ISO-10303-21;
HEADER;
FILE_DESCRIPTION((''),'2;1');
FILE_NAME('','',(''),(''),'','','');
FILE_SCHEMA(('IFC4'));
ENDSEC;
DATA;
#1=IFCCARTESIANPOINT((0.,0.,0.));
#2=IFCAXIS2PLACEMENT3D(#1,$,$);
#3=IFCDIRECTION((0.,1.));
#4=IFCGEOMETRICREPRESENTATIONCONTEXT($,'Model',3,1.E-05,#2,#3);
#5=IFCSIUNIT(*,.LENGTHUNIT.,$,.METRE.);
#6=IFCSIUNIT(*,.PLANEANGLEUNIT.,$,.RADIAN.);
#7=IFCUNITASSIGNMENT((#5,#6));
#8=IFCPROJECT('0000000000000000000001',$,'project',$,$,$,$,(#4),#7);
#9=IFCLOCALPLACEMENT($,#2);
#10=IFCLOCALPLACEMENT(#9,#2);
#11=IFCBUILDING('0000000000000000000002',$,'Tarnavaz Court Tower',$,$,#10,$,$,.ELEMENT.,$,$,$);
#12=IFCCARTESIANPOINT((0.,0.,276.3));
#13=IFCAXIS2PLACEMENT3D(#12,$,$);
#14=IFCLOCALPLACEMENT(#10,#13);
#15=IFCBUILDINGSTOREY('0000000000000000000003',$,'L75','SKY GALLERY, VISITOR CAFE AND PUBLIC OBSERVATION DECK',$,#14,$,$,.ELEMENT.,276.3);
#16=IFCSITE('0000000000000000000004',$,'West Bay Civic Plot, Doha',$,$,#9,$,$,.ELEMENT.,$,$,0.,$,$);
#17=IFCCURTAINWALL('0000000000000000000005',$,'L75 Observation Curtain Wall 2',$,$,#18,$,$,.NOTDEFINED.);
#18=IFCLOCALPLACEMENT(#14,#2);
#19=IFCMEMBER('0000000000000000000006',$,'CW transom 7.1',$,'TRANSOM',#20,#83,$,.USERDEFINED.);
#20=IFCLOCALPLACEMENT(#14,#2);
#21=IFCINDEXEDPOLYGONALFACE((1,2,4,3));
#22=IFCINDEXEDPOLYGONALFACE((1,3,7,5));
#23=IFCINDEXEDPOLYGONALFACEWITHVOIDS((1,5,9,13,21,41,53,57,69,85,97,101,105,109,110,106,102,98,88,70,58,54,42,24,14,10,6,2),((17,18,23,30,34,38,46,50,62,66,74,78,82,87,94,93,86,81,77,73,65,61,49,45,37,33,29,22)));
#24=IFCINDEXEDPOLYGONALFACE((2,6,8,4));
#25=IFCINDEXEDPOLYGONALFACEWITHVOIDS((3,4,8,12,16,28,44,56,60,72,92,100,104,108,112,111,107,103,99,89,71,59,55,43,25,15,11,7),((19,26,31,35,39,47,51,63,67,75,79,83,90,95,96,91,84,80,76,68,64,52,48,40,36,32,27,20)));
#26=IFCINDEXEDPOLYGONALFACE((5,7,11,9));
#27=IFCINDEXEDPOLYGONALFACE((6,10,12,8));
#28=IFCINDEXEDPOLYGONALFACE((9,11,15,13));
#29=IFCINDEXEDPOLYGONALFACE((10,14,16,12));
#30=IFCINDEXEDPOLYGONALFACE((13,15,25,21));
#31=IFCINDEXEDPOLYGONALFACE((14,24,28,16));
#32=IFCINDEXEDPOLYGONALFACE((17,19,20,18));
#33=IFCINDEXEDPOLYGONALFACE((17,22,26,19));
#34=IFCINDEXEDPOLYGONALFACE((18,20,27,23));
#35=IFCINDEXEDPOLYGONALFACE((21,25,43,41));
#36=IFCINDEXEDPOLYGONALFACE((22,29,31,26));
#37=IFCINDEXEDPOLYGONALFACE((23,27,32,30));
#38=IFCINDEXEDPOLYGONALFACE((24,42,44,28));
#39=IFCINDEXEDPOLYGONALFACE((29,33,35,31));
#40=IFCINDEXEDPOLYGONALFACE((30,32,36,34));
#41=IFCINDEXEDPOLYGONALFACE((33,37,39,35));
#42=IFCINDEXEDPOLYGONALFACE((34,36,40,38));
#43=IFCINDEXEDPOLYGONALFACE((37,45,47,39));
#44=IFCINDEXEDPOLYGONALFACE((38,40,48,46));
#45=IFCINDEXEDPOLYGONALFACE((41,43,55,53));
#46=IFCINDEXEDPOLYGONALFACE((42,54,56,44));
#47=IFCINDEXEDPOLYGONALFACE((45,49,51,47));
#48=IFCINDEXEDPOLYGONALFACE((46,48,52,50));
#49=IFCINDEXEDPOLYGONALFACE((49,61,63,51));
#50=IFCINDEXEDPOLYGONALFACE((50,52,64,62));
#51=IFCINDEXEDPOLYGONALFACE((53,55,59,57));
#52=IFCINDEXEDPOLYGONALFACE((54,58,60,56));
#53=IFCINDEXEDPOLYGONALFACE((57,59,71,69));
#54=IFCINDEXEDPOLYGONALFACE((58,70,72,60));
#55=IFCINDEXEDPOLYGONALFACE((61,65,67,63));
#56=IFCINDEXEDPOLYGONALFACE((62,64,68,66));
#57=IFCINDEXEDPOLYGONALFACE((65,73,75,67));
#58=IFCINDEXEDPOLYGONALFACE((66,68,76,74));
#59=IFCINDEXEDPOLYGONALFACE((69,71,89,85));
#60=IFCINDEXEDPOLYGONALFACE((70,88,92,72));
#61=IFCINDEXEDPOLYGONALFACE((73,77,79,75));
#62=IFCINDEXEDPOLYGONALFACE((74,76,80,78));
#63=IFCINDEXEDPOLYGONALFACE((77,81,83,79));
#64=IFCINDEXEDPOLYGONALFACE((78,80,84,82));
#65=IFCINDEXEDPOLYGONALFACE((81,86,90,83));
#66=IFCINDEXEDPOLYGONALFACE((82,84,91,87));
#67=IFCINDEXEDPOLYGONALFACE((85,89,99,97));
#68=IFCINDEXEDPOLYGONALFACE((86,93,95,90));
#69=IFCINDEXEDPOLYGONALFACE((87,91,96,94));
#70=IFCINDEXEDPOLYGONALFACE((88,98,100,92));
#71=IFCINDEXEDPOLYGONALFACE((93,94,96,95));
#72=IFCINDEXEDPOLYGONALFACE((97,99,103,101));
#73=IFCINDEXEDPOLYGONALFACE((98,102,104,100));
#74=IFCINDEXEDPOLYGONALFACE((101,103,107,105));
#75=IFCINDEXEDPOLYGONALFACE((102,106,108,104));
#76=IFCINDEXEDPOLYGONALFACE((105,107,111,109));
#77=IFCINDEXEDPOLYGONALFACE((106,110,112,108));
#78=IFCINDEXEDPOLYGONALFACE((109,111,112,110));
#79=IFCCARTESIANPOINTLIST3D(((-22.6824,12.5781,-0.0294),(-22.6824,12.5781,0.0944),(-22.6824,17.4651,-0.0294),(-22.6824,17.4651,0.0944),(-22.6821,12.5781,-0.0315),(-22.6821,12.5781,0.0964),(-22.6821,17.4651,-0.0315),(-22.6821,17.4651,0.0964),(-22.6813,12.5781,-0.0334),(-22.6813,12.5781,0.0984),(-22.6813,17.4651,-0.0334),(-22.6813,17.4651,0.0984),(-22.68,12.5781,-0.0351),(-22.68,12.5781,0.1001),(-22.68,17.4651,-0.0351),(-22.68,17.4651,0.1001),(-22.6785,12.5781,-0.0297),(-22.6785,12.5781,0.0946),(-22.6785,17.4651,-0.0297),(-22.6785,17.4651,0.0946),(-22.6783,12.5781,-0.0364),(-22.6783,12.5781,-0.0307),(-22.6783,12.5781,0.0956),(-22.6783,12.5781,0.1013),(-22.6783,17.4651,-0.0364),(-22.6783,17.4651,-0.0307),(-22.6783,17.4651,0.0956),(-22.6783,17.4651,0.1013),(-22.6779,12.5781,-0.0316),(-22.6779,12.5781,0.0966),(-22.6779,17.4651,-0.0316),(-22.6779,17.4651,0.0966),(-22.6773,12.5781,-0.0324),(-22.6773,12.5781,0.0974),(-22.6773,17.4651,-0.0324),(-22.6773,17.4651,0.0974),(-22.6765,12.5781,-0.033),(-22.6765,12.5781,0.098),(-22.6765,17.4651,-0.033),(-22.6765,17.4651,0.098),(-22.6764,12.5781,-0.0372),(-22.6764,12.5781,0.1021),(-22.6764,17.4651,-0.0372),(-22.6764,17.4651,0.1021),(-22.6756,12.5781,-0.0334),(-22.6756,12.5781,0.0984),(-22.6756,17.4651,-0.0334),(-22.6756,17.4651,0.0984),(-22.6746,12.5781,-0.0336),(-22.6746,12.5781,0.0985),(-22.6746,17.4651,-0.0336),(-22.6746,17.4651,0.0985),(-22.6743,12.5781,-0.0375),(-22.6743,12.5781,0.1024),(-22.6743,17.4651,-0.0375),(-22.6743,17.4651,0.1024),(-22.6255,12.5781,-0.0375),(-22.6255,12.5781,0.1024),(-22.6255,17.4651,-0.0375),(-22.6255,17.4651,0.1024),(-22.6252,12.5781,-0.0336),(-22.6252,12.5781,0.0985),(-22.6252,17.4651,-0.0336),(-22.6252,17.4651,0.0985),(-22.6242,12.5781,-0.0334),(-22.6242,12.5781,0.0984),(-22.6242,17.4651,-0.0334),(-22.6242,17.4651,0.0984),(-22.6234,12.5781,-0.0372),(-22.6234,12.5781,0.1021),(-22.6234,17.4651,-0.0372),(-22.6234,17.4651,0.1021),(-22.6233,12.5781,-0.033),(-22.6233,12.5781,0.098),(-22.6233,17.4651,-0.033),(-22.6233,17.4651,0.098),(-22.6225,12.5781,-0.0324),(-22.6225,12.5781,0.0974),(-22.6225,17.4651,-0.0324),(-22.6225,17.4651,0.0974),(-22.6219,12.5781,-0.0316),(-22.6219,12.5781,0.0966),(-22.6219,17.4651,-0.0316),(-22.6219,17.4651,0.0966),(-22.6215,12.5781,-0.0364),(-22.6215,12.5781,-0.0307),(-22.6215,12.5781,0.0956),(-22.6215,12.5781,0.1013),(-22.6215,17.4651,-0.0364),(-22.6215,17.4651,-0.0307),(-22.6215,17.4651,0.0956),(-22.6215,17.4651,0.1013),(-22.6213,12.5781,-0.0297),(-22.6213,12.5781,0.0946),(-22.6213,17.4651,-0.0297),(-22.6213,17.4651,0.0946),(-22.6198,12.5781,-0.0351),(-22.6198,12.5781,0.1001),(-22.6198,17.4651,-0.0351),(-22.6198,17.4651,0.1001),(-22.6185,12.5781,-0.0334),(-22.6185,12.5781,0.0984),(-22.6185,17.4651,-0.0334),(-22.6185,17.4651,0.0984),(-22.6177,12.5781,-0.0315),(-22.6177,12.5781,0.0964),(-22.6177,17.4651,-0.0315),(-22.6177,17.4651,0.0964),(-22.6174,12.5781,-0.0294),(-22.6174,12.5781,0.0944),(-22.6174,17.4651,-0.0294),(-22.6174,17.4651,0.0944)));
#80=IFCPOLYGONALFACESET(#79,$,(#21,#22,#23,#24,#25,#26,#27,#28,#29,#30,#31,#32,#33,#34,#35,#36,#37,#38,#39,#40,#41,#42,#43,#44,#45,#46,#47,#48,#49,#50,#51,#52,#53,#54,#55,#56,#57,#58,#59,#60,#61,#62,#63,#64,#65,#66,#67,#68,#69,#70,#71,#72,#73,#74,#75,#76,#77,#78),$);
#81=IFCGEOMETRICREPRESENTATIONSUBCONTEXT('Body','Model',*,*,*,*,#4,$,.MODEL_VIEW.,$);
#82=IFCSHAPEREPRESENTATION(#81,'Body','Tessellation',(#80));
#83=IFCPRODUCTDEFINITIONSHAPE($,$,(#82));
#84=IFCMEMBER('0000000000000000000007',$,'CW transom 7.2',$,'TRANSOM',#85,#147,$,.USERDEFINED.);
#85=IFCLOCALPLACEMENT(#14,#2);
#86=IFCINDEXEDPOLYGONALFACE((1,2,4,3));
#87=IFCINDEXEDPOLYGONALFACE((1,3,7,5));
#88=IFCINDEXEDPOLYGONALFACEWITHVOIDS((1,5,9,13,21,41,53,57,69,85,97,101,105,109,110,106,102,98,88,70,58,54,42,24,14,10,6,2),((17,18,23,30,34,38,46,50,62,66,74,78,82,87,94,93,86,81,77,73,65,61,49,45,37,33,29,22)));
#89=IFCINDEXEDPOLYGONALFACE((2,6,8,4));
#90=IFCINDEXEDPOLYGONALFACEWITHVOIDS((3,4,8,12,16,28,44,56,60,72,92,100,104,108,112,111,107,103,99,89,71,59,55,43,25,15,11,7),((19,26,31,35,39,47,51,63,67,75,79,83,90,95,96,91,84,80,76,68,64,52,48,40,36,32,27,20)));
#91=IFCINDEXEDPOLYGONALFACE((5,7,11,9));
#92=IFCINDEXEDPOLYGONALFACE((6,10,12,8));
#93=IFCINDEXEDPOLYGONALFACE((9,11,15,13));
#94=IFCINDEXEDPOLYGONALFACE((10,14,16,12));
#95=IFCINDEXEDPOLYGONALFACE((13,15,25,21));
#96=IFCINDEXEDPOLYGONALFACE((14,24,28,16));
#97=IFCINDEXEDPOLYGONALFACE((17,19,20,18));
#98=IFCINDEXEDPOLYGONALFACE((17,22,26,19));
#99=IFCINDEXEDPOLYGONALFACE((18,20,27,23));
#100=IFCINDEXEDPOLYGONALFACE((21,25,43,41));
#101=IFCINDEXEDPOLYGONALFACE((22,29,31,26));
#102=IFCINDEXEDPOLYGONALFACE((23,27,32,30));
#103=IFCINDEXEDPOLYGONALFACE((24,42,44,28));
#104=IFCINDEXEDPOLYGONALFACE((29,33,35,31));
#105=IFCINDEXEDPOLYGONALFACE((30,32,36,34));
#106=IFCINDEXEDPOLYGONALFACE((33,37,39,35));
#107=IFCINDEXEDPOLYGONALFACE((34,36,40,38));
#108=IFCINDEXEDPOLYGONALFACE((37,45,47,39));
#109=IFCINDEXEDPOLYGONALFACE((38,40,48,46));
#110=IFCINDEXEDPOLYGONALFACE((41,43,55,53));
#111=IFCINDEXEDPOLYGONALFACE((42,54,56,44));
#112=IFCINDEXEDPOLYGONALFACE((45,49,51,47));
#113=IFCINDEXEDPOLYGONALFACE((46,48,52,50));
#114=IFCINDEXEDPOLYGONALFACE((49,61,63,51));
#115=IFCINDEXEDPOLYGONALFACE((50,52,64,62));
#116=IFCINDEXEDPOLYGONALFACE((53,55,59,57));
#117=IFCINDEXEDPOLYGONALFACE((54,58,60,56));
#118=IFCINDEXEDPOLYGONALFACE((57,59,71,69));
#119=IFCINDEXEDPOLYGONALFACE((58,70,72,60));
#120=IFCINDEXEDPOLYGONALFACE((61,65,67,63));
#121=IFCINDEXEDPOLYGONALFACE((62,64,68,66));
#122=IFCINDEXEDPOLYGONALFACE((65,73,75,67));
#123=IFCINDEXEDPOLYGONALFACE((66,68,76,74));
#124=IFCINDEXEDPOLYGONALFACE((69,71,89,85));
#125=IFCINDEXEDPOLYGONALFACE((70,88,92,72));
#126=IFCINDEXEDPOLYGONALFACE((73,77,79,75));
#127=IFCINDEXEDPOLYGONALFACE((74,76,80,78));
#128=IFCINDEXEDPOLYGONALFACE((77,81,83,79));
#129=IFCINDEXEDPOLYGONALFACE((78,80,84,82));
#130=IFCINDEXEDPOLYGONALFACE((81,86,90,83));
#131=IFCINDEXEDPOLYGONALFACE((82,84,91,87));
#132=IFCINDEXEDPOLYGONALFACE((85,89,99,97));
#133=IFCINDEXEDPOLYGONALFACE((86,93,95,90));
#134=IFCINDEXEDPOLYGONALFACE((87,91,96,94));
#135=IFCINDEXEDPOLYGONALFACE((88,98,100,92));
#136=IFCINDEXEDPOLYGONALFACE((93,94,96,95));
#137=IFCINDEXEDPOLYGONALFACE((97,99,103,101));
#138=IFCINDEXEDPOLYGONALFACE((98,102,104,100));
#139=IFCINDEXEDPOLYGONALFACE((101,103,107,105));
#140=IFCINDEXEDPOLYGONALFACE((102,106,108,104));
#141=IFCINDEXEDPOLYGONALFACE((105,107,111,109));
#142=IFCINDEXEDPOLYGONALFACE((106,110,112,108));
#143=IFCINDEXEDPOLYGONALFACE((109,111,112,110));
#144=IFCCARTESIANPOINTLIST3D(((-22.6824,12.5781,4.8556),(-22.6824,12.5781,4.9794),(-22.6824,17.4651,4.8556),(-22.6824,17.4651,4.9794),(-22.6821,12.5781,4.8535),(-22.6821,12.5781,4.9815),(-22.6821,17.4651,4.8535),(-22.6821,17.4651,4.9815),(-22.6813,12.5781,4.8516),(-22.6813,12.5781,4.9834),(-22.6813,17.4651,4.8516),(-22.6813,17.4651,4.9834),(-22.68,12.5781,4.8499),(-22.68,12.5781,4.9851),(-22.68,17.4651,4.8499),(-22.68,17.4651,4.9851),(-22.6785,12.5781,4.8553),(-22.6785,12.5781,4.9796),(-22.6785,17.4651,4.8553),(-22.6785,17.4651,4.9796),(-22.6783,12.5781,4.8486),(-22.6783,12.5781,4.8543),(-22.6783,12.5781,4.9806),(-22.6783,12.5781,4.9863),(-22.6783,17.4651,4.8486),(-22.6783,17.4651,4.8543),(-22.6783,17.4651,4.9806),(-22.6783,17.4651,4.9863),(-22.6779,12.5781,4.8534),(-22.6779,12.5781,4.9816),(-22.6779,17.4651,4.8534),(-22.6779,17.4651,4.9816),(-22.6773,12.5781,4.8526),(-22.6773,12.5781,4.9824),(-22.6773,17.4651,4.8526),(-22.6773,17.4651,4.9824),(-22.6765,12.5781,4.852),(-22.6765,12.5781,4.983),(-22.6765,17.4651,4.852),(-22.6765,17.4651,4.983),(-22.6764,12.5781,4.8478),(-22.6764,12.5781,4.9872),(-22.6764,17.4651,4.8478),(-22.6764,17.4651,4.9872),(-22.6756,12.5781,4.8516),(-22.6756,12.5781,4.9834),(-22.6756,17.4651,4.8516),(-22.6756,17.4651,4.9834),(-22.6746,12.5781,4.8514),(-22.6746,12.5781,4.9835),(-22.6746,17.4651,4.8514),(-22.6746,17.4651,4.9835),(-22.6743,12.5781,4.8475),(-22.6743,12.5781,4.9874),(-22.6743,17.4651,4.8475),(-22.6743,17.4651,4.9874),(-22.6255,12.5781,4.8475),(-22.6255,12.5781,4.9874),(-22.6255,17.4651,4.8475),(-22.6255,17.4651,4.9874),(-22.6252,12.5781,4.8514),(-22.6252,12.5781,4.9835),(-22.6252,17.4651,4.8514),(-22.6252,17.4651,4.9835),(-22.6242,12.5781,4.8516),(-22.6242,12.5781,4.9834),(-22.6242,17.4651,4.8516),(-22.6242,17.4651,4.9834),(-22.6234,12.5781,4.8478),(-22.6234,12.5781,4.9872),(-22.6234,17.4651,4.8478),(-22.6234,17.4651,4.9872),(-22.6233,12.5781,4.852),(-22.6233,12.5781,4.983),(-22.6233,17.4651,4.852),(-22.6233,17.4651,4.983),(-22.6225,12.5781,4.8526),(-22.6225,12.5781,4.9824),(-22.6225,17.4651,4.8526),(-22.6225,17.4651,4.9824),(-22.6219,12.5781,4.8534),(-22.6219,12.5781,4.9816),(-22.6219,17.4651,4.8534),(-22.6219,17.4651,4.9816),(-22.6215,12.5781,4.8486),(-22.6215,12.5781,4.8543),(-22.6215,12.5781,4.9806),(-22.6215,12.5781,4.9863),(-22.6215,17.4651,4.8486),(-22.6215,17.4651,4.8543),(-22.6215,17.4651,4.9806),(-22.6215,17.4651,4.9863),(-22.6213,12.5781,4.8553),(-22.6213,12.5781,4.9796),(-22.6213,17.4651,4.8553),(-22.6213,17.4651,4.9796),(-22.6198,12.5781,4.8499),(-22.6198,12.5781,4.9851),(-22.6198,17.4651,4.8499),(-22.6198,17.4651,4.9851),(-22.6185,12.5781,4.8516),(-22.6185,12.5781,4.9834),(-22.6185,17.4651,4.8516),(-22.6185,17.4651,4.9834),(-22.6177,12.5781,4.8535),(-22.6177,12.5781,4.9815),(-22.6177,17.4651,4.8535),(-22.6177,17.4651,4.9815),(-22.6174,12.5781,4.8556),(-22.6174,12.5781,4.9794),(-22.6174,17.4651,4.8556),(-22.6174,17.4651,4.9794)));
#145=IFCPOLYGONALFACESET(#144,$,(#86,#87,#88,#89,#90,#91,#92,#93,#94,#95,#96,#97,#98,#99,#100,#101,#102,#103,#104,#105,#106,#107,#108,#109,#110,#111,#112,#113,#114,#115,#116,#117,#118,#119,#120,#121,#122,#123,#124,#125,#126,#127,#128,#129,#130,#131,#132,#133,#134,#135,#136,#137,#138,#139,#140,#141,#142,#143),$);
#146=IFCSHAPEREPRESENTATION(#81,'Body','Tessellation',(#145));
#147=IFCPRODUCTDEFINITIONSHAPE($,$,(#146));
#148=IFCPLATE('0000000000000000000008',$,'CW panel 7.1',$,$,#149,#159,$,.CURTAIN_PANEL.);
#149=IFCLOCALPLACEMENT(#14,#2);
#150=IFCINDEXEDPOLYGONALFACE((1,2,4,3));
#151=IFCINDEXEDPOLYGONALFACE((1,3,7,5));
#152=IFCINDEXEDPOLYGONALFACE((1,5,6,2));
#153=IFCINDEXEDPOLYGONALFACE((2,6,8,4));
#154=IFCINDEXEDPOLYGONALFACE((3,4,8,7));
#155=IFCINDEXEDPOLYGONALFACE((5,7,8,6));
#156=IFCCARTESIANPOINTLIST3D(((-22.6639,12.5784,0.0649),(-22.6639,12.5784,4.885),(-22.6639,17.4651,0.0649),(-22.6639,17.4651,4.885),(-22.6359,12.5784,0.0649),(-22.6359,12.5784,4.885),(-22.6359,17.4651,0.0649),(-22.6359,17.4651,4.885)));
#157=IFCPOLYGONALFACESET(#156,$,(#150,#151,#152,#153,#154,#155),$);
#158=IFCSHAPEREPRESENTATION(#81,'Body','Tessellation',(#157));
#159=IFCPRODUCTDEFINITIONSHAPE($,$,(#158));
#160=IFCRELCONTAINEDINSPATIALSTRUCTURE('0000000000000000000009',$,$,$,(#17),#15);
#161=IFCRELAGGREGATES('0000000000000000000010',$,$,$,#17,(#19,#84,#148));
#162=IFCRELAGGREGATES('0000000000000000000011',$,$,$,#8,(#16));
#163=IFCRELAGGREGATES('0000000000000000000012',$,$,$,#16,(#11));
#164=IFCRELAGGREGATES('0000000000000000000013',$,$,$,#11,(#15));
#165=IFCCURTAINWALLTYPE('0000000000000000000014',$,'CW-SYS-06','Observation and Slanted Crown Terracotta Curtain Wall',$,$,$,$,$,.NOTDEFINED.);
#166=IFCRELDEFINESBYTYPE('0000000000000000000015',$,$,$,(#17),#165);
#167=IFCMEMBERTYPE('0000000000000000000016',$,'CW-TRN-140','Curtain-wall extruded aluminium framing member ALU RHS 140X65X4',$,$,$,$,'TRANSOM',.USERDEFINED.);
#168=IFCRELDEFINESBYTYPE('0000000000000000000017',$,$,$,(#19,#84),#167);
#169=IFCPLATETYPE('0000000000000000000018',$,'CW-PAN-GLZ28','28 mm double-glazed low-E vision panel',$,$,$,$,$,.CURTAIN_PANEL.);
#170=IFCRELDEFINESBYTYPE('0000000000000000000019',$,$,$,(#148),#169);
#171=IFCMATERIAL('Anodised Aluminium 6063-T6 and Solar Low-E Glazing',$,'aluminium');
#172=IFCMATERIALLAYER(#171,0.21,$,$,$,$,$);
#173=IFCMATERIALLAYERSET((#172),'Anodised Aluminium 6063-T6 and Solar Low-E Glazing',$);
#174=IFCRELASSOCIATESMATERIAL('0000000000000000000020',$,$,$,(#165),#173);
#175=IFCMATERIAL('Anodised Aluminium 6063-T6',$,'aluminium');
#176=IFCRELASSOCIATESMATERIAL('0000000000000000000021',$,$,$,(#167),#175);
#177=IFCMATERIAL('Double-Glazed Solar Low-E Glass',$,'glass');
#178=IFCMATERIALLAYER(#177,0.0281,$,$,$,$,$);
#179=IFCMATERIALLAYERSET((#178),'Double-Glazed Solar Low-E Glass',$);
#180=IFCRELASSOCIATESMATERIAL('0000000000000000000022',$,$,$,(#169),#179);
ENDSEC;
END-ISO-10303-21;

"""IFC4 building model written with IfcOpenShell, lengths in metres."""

from ifc_helpers import new_model, si_unit, direction, frame, origin, origin_2d, place, context, subcontext, project, spatial, rectangle, hollow_rectangle, extrude, material, layer, layer_set, material_profile, profile_set, type_object, element, aggregate, save


model = new_model("IFC4")

# Units and contexts
model_context = context("Model", 3, precision=1e-05, world=origin(), true_north=direction((0.0, 1.0)))
body_context = subcontext(model_context, "Body", "Model", "MODEL_VIEW")
ifc_project = project(units=[si_unit("LENGTHUNIT", "METRE"), si_unit("PLANEANGLEUNIT", "RADIAN")], contexts=[model_context])

# Site, building, storey
site_placement = place(None, origin())
site = spatial("IfcSite", under=ifc_project, at=site_placement, Name="West Bay Civic Plot, Doha", CompositionType="ELEMENT", RefElevation=0.0)
building_placement = place(site_placement, origin())
building = spatial("IfcBuilding", under=site, at=building_placement, Name="Tarnavaz Court Tower", CompositionType="ELEMENT")
storey_placement = place(building_placement, frame((0.0, 0.0, 276.3)))
storey = spatial("IfcBuildingStorey", under=building, at=storey_placement, Name="L75", Description="SKY GALLERY, VISITOR CAFE AND PUBLIC OBSERVATION DECK", CompositionType="ELEMENT", Elevation=276.3)

# Curtain wall, members, plate
ifc_material_1 = material(Name="Anodised Aluminium 6063-T6 and Solar Low-E Glazing", Category="aluminium")
ifc_layer_1 = layer(ifc_material_1, 0.21)
ifc_layer_set_1 = layer_set([ifc_layer_1], Name="Anodised Aluminium 6063-T6 and Solar Low-E Glazing")
curtain_wall_type = type_object("IfcCurtainWallType", Name="CW-SYS-06", Description="Observation and Slanted Crown Terracotta Curtain Wall", PredefinedType="NOTDEFINED", material=ifc_layer_set_1)
curtain_wall_placement = place(storey_placement, origin())
curtain_wall = element("IfcCurtainWall", 1, at=curtain_wall_placement, inside=storey, type_object=curtain_wall_type, Name="L75 Observation Curtain Wall 2", PredefinedType="NOTDEFINED")
ifc_material_2 = material(Name="Anodised Aluminium 6063-T6", Category="aluminium")
ifc_material_profile_1 = material_profile(ifc_material_2, hollow_rectangle(XDim=0.0649, YDim=0.1399, WallThickness=0.0039, InnerFilletRadius=0.0039, OuterFilletRadius=0.0081, at=origin_2d()), Name="ALU RHS 140X65X4")
ifc_profile_set_1 = profile_set([ifc_material_profile_1], Name="Anodised Aluminium 6063-T6")
member_type_1 = type_object("IfcMemberType", Name="CW-TRN-140", Description="Curtain-wall extruded aluminium framing member ALU RHS 140X65X4", ElementType="TRANSOM", PredefinedType="USERDEFINED", material=ifc_profile_set_1)
member_1_placement = place(storey_placement, frame((-22.6499, 12.5781, 0.0325), z_axis=(0.0, 1.0, 0.0), x_axis=(-1.0, 0.0, 0.0)))
member_1 = element("IfcMember", 2, at=member_1_placement, type_object=member_type_1, Name="CW transom 7.1", ObjectType="TRANSOM", PredefinedType="USERDEFINED", context=body_context, shape_type="SweptSolid", body=[
    extrude(hollow_rectangle(XDim=0.0649, YDim=0.1399, WallThickness=0.0039, InnerFilletRadius=0.0039, OuterFilletRadius=0.0081, at=origin_2d()), origin(), (0.0, 0.0, 1.0), 4.887),
])
member_2_placement = place(storey_placement, frame((-22.6499, 12.5781, 4.9175), z_axis=(0.0, 1.0, 0.0), x_axis=(-1.0, 0.0, 0.0)))
member_2 = element("IfcMember", 3, at=member_2_placement, type_object=member_type_1, Name="CW transom 7.2", ObjectType="TRANSOM", PredefinedType="USERDEFINED", context=body_context, shape_type="SweptSolid", body=[
    extrude(hollow_rectangle(XDim=0.0649, YDim=0.1399, WallThickness=0.0039, InnerFilletRadius=0.0039, OuterFilletRadius=0.0081, at=origin_2d()), origin(), (0.0, 0.0, 1.0), 4.887),
])
ifc_material_3 = material(Name="Double-Glazed Solar Low-E Glass", Category="glass")
ifc_layer_2 = layer(ifc_material_3, 0.0281)
ifc_layer_set_2 = layer_set([ifc_layer_2], Name="Double-Glazed Solar Low-E Glass")
plate_type = type_object("IfcPlateType", Name="CW-PAN-GLZ28", Description="28 mm double-glazed low-E vision panel", PredefinedType="CURTAIN_PANEL", material=ifc_layer_set_2)
plate_placement = place(storey_placement, frame((-22.6499, 15.0217, 0.0649), z_axis=(0.0, 0.0, 1.0), x_axis=(0.0, 1.0, 0.0)))
plate = element("IfcPlate", 4, at=plate_placement, type_object=plate_type, Name="CW panel 7.1", PredefinedType="CURTAIN_PANEL", context=body_context, shape_type="SweptSolid", body=[
    extrude(rectangle(XDim=4.8867, YDim=0.0281, at=origin_2d()), origin(), (0.0, 0.0, 1.0), 4.8201),
])
aggregate(curtain_wall, [member_1, member_2, plate])

save(model, "model.ifc")
